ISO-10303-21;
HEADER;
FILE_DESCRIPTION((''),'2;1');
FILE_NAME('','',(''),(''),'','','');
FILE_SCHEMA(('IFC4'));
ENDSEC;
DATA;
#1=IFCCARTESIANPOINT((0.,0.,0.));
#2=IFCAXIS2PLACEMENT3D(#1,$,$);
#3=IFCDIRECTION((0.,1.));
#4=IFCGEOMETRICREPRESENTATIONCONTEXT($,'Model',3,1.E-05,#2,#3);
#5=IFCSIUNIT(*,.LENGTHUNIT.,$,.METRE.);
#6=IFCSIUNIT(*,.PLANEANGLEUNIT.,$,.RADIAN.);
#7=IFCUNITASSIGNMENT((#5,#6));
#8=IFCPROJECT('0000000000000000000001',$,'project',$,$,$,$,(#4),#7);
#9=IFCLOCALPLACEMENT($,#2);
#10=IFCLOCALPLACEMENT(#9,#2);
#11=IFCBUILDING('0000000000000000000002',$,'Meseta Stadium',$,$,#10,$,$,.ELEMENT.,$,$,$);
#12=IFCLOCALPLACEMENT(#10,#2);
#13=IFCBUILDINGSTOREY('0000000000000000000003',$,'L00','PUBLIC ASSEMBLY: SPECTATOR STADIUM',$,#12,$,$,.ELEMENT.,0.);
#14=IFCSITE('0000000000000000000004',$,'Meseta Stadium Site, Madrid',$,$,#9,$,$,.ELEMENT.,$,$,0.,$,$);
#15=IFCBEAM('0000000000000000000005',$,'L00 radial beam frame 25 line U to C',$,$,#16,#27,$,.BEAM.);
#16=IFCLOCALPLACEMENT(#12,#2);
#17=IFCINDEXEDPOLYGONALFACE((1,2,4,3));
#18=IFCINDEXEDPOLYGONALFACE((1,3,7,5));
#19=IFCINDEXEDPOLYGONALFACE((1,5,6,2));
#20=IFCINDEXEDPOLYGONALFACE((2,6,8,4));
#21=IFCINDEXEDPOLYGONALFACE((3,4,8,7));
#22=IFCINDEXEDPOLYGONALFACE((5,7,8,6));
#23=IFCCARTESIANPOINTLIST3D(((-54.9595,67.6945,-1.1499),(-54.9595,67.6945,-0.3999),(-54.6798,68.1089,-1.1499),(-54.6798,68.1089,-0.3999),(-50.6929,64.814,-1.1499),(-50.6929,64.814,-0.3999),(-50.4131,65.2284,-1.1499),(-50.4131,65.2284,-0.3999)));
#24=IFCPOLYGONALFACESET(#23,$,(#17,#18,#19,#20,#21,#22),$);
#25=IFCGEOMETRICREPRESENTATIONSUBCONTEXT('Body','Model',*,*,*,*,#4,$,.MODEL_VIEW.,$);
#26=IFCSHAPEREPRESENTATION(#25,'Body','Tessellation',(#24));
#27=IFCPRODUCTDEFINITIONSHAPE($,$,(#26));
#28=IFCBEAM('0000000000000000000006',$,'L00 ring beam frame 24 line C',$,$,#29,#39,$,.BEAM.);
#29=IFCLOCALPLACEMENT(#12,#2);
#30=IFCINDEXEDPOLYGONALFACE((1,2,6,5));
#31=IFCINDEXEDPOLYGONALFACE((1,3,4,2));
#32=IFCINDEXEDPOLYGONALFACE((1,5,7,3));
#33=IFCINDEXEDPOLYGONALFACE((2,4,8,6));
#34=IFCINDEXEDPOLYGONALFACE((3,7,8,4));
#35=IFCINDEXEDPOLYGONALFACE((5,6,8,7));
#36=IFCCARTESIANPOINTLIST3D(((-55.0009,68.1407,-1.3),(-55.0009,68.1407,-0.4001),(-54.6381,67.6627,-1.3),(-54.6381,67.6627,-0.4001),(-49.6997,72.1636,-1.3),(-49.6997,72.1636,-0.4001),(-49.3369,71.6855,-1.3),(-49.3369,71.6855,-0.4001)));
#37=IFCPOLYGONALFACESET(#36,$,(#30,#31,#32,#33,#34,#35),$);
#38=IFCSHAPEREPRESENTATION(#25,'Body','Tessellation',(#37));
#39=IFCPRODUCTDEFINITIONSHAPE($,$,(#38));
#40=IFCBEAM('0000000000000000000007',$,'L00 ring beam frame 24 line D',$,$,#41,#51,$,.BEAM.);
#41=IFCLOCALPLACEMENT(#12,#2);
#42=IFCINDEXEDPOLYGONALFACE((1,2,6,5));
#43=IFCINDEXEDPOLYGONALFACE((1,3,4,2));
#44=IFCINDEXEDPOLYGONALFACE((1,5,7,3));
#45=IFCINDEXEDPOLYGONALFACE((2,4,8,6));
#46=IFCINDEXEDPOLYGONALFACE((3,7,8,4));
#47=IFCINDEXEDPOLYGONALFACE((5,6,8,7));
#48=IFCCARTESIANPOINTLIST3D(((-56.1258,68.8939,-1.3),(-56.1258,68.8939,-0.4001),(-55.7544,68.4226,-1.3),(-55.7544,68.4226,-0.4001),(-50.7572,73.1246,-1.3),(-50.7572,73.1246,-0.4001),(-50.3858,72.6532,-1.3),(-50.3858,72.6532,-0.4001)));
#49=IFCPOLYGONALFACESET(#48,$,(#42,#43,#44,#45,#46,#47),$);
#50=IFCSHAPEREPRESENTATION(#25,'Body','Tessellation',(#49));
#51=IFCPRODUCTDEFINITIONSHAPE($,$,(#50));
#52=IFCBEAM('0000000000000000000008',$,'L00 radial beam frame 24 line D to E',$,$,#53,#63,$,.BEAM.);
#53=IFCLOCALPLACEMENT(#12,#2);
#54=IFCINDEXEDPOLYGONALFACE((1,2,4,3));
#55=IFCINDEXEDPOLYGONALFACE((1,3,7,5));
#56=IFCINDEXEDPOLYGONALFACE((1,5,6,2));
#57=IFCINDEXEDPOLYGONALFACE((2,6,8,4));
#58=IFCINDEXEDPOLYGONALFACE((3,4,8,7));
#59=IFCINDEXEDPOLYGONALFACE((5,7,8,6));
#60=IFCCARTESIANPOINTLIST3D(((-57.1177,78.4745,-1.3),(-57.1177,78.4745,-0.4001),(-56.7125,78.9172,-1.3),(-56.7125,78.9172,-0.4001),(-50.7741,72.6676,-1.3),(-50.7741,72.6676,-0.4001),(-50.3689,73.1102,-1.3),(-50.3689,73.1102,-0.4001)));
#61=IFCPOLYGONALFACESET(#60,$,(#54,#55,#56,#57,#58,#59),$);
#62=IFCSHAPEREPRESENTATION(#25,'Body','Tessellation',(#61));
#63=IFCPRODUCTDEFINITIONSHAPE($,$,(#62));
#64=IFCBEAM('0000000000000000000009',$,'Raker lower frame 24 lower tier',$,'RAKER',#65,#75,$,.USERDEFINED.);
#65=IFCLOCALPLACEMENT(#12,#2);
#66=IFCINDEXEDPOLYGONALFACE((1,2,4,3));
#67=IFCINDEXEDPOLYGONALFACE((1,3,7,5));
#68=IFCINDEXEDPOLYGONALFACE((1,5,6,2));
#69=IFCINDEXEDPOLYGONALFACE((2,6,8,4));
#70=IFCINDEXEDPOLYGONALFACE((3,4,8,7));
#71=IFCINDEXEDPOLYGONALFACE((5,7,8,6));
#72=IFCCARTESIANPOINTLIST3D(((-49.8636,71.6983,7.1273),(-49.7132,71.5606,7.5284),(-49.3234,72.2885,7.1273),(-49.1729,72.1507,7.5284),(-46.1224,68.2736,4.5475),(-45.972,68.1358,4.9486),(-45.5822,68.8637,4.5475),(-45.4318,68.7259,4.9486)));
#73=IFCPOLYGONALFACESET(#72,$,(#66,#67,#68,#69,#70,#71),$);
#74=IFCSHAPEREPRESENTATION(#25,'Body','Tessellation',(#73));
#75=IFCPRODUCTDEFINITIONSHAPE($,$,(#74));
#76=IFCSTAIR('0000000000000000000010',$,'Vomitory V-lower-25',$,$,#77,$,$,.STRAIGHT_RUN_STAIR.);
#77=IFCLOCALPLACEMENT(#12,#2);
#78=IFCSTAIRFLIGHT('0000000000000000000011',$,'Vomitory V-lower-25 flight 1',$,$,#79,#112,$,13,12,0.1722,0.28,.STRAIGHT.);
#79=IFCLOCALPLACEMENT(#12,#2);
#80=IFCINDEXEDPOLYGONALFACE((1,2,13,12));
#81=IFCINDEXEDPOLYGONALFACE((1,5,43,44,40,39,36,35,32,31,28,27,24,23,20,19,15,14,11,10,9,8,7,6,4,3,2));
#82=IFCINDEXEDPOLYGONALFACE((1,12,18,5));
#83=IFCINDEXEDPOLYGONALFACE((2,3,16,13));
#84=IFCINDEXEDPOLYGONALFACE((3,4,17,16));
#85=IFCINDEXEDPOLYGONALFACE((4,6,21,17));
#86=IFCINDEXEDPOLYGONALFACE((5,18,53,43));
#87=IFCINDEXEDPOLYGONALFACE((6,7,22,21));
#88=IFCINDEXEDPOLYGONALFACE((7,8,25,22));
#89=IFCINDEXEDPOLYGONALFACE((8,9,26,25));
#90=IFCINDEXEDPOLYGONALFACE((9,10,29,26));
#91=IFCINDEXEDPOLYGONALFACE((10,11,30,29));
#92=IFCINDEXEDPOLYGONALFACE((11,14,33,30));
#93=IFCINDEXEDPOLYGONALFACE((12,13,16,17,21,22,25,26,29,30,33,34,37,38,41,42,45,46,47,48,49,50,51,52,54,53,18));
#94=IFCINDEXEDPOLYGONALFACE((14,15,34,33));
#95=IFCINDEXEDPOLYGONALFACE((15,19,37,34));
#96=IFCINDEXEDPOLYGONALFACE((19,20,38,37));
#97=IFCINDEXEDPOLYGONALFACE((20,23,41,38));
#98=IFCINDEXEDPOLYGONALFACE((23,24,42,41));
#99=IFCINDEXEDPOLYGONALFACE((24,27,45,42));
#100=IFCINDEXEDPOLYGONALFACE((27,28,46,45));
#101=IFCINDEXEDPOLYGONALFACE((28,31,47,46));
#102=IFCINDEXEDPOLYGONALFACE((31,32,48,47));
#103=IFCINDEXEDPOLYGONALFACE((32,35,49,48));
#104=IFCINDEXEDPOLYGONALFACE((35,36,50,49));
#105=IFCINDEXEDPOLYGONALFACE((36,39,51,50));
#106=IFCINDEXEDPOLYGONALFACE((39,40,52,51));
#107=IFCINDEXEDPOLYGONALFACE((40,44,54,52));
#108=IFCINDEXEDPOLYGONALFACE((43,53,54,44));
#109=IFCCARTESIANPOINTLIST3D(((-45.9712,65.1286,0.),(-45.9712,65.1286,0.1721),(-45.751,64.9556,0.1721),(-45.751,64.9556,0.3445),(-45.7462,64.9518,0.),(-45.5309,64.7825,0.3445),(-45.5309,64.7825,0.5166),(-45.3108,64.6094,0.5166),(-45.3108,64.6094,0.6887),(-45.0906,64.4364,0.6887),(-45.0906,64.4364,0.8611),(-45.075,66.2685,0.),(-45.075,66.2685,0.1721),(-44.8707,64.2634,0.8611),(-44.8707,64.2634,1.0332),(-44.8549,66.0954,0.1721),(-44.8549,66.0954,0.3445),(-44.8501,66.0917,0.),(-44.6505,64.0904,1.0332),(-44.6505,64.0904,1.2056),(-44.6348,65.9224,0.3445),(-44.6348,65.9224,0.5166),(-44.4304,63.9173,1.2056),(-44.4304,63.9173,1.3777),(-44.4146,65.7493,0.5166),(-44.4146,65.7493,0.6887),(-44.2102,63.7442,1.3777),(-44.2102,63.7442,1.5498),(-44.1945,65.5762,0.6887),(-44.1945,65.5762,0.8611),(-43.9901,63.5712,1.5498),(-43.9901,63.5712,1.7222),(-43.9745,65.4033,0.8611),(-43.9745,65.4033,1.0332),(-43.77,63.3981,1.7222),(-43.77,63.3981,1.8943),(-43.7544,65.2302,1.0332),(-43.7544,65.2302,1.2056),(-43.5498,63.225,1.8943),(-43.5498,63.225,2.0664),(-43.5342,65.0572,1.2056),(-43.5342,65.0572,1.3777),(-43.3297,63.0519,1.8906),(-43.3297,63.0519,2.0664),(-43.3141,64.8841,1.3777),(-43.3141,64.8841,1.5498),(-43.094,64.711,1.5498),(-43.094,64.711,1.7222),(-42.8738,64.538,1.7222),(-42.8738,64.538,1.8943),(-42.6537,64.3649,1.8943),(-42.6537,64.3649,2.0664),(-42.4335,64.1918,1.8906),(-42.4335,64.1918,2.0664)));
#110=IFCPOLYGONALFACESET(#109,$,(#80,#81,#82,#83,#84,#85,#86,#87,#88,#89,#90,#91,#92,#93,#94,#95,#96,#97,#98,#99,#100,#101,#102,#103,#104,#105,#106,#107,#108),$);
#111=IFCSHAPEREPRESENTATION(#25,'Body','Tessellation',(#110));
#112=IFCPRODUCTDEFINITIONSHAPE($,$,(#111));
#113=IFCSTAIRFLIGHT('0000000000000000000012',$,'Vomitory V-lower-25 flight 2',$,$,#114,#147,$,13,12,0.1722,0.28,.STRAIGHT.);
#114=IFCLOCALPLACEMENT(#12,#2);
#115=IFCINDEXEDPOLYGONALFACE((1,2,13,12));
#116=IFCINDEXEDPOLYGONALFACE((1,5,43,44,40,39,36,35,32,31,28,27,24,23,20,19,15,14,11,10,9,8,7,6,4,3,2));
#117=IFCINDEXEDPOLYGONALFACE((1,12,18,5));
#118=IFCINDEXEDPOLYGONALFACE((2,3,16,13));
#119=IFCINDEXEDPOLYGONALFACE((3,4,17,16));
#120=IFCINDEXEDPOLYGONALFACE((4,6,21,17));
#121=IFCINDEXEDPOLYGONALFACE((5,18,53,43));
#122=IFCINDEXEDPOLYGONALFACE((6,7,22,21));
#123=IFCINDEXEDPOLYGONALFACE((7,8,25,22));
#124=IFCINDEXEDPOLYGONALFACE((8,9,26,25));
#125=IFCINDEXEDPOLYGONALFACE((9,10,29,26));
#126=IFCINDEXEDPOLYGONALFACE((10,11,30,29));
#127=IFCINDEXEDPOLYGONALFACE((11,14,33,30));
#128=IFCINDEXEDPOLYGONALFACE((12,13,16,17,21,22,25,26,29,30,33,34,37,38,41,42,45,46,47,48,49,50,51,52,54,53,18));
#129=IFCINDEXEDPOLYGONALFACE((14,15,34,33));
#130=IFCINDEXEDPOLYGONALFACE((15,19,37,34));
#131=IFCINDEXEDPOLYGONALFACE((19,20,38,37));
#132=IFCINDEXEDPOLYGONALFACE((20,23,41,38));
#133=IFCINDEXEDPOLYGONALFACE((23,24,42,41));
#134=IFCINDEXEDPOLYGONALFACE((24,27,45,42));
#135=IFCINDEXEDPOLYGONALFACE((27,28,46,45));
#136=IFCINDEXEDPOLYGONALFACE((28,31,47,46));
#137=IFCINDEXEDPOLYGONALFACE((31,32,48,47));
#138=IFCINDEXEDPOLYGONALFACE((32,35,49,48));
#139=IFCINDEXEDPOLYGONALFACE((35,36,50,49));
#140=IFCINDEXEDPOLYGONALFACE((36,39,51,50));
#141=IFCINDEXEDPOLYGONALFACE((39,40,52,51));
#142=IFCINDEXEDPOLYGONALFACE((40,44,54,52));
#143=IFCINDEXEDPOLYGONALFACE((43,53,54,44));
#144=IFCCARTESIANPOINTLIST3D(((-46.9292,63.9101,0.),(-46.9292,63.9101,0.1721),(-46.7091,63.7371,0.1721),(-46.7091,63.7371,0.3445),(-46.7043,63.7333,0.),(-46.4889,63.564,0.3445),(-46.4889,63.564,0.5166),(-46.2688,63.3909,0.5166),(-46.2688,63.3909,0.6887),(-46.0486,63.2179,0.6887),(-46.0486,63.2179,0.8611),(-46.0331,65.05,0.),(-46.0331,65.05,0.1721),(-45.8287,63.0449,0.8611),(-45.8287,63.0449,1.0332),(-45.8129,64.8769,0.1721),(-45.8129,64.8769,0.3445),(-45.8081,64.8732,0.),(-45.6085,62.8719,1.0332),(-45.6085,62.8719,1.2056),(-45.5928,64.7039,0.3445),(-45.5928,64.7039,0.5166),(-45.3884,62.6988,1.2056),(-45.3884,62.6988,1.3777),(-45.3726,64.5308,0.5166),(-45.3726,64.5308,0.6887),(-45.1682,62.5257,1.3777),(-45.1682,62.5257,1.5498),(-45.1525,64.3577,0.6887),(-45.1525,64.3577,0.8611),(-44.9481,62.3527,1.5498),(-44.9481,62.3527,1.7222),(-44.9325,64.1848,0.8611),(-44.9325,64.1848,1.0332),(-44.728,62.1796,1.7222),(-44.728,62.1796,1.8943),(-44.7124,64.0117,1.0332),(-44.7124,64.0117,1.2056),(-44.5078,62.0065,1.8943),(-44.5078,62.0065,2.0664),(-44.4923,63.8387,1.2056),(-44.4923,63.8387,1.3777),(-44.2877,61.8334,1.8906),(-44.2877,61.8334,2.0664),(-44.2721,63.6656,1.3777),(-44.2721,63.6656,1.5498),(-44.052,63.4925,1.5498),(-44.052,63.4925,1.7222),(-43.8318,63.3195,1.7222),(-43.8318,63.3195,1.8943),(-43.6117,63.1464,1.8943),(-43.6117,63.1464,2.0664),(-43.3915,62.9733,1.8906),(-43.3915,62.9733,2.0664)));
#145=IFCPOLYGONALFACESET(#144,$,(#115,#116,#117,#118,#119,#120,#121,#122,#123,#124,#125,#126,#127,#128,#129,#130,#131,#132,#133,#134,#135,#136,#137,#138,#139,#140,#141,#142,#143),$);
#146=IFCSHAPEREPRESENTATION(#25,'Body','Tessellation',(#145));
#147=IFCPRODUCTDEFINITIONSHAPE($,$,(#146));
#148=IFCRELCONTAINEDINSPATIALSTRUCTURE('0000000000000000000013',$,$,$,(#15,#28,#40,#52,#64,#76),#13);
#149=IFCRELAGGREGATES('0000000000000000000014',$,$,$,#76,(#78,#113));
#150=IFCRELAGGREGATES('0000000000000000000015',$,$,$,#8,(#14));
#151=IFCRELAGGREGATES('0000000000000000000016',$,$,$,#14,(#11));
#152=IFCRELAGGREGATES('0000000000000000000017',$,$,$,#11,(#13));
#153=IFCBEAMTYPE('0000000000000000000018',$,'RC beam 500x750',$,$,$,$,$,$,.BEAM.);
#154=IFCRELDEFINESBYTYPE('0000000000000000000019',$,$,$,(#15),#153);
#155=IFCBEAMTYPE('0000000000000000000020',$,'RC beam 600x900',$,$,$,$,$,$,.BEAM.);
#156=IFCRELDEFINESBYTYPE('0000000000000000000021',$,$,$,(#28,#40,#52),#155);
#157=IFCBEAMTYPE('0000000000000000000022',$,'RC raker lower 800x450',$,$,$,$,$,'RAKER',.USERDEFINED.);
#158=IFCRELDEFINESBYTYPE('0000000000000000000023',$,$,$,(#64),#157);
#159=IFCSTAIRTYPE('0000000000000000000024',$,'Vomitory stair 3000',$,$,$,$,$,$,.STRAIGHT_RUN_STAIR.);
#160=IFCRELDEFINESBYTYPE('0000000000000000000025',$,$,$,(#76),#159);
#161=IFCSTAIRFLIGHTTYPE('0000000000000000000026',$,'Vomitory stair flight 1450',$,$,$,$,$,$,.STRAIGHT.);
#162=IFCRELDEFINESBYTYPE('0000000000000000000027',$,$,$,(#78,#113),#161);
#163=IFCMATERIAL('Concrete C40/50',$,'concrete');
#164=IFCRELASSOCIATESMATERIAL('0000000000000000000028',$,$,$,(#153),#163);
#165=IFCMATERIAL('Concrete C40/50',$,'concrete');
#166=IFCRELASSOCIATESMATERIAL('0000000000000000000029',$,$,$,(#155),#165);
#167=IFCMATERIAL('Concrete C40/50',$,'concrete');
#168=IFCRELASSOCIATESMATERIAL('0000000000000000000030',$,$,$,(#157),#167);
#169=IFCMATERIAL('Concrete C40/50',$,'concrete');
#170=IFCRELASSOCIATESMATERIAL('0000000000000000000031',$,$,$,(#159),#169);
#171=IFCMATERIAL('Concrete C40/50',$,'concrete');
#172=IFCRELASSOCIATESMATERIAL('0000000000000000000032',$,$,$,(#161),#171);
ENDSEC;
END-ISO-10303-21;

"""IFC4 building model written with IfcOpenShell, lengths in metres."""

from ifc_helpers import new_model, si_unit, direction, frame, origin, origin_2d, place, context, subcontext, project, spatial, polyline, rectangle, outline, extrude, material, material_profile, profile_set, type_object, element, aggregate, save


model = new_model("IFC4")

# Units and contexts
model_context = context("Model", 3, precision=1e-05, world=origin(), true_north=direction((0.0, 1.0)))
body_context = subcontext(model_context, "Body", "Model", "MODEL_VIEW")
ifc_project = project(units=[si_unit("LENGTHUNIT", "METRE"), si_unit("PLANEANGLEUNIT", "RADIAN")], contexts=[model_context])

# Site, building, storey
site_placement = place(None, origin())
site = spatial("IfcSite", under=ifc_project, at=site_placement, Name="Meseta Stadium Site, Madrid", CompositionType="ELEMENT", RefElevation=0.0)
building_placement = place(site_placement, origin())
building = spatial("IfcBuilding", under=site, at=building_placement, Name="Meseta Stadium", CompositionType="ELEMENT")
storey_placement = place(building_placement, origin())
storey = spatial("IfcBuildingStorey", under=building, at=storey_placement, Name="L00", Description="PUBLIC ASSEMBLY: SPECTATOR STADIUM", CompositionType="ELEMENT", Elevation=0.0)

# Beams
ifc_material_1 = material(Name="Concrete C40/50", Category="concrete")
ifc_material_profile_1 = material_profile(ifc_material_1, rectangle(XDim=0.5, YDim=0.75, at=origin_2d()), Name="RC 500x750")
ifc_profile_set_1 = profile_set([ifc_material_profile_1], Name="Concrete C40/50")
beam_type_1 = type_object("IfcBeamType", Name="RC beam 500x750", PredefinedType="BEAM", material=ifc_profile_set_1)
beam_1_placement = place(storey_placement, frame((-50.553, 65.0212, -0.7749), z_axis=(-0.828811, 0.559528, 0.0), x_axis=(-0.559528, -0.828811, 0.0)))
element("IfcBeam", 1, at=beam_1_placement, inside=storey, type_object=beam_type_1, Name="L00 radial beam frame 25 line U to C", PredefinedType="BEAM", context=body_context, shape_type="SweptSolid", body=[
    extrude(rectangle(XDim=0.5, YDim=0.75, at=origin_2d()), origin(), (0.0, 0.0, 1.0), 5.1479),
])
ifc_material_2 = material(Name="Concrete C40/50", Category="concrete")
ifc_material_profile_2 = material_profile(ifc_material_2, rectangle(XDim=0.6001, YDim=0.8999, at=origin_2d()), Name="RC 600x900")
ifc_profile_set_2 = profile_set([ifc_material_profile_2], Name="Concrete C40/50")
beam_type_2 = type_object("IfcBeamType", Name="RC beam 600x900", PredefinedType="BEAM", material=ifc_profile_set_2)
beam_2_placement = place(storey_placement, frame((-49.5183, 71.9246, -0.8501), z_axis=(-0.796597, -0.60451, 0.0), x_axis=(0.60451, -0.796597, 0.0)))
element("IfcBeam", 2, at=beam_2_placement, inside=storey, type_object=beam_type_2, Name="L00 ring beam frame 24 line C", PredefinedType="BEAM", context=body_context, shape_type="SweptSolid", body=[
    extrude(rectangle(XDim=0.6001, YDim=0.8999, at=origin_2d()), origin(), (0.0, 0.0, 1.0), 6.6548),
])
beam_3_placement = place(storey_placement, frame((-50.5715, 72.8889, -0.8501), z_axis=(-0.78543, -0.61895, 0.0), x_axis=(0.61895, -0.78543, 0.0)))
element("IfcBeam", 3, at=beam_3_placement, inside=storey, type_object=beam_type_2, Name="L00 ring beam frame 24 line D", PredefinedType="BEAM", context=body_context, shape_type="SweptSolid", body=[
    extrude(rectangle(XDim=0.6001, YDim=0.8999, at=origin_2d()), origin(), (0.0, 0.0, 1.0), 6.8352),
])
beam_4_placement = place(storey_placement, frame((-50.5715, 72.8889, -0.8501), z_axis=(-0.737617, 0.675219, 0.0), x_axis=(-0.675219, -0.737617, 0.0)))
element("IfcBeam", 4, at=beam_4_placement, inside=storey, type_object=beam_type_2, Name="L00 radial beam frame 24 line D to E", PredefinedType="BEAM", context=body_context, shape_type="SweptSolid", body=[
    extrude(rectangle(XDim=0.6001, YDim=0.8999, at=origin_2d()), origin(), (0.0, 0.0, 1.0), 8.6001),
])
ifc_material_3 = material(Name="Concrete C40/50", Category="concrete")
ifc_material_profile_3 = material_profile(ifc_material_3, rectangle(XDim=0.8, YDim=0.45, at=origin_2d()), Name="RC 800x450")
ifc_profile_set_3 = profile_set([ifc_material_profile_3], Name="Concrete C40/50")
beam_type_3 = type_object("IfcBeamType", Name="RC raker lower 800x450", ElementType="RAKER", PredefinedType="USERDEFINED", material=ifc_profile_set_3)
beam_5_placement = place(storey_placement, frame((-45.7771, 68.4998, 4.748), z_axis=(-0.657452, 0.601849, 0.45336), x_axis=(-0.675228, -0.73761, 0.0)))
element("IfcBeam", 5, at=beam_5_placement, inside=storey, type_object=beam_type_3, Name="Raker lower frame 24 lower tier", ObjectType="RAKER", PredefinedType="USERDEFINED", context=body_context, shape_type="SweptSolid", body=[
    extrude(rectangle(XDim=0.8, YDim=0.45, at=origin_2d()), origin(), (0.0, 0.0, 1.0), 5.6904),
])

# Stair, stair flights
ifc_material_4 = material(Name="Concrete C40/50", Category="concrete")
stair_type = type_object("IfcStairType", Name="Vomitory stair 3000", PredefinedType="STRAIGHT_RUN_STAIR", material=ifc_material_4)
stair_1_placement = place(storey_placement, origin())
stair_1 = element("IfcStair", 6, at=stair_1_placement, inside=storey, type_object=stair_type, Name="Vomitory V-lower-25", PredefinedType="STRAIGHT_RUN_STAIR")
ifc_material_5 = material(Name="Concrete C40/50", Category="concrete")
stair_flight_type = type_object("IfcStairFlightType", Name="Vomitory stair flight 1450", PredefinedType="STRAIGHT", material=ifc_material_5)
stair_flight_1_placement = place(storey_placement, frame((-45.5232, 65.6985, 0.0), z_axis=(0.0, 0.0, 1.0), x_axis=(0.786142, -0.618046, 0.0)))
stair_flight_1 = element("IfcStairFlight", 7, at=stair_flight_1_placement, type_object=stair_flight_type, Name="Vomitory V-lower-25 flight 1", NumberOfRisers=13, NumberOfTreads=12, PredefinedType="STRAIGHT", RiserHeight=0.1722, TreadLength=0.28, context=body_context, shape_type="SweptSolid", body=[
    extrude(outline(polyline([(0.0, 0.0), (0.0, 0.1721), (0.28, 0.1721), (0.28, 0.3445), (0.5601, 0.3445), (0.5601, 0.5166), (0.8401, 0.5166), (0.8401, 0.6887), (1.1201, 0.6887), (1.1201, 0.8611), (1.3999, 0.8611), (1.3999, 1.0332), (1.6799, 1.0332), (1.6799, 1.2056), (1.96, 1.2056), (1.96, 1.3777), (2.24, 1.3777), (2.24, 1.5498), (2.52, 1.5498), (2.52, 1.7222), (2.8, 1.7222), (2.8, 1.8943), (3.0801, 1.8943), (3.0801, 2.0664), (3.3601, 2.0664), (3.3601, 1.8906), (0.2861, 0.0), (0.0, 0.0)])), frame((0.0, 0.7251, 0.0), z_axis=(0.0, -1.0, 0.0), x_axis=(1.0, 0.0, 0.0)), (0.0, 0.0, 1.0), 1.45),
])
stair_flight_2_placement = place(storey_placement, frame((-46.4812, 64.48, 0.0), z_axis=(0.0, 0.0, 1.0), x_axis=(0.786142, -0.618046, 0.0)))
stair_flight_2 = element("IfcStairFlight", 8, at=stair_flight_2_placement, type_object=stair_flight_type, Name="Vomitory V-lower-25 flight 2", NumberOfRisers=13, NumberOfTreads=12, PredefinedType="STRAIGHT", RiserHeight=0.1722, TreadLength=0.28, context=body_context, shape_type="SweptSolid", body=[
    extrude(outline(polyline([(0.0, 0.0), (0.0, 0.1721), (0.28, 0.1721), (0.28, 0.3445), (0.5601, 0.3445), (0.5601, 0.5166), (0.8401, 0.5166), (0.8401, 0.6887), (1.1201, 0.6887), (1.1201, 0.8611), (1.3999, 0.8611), (1.3999, 1.0332), (1.6799, 1.0332), (1.6799, 1.2056), (1.96, 1.2056), (1.96, 1.3777), (2.24, 1.3777), (2.24, 1.5498), (2.52, 1.5498), (2.52, 1.7222), (2.8, 1.7222), (2.8, 1.8943), (3.0801, 1.8943), (3.0801, 2.0664), (3.3601, 2.0664), (3.3601, 1.8906), (0.2861, 0.0), (0.0, 0.0)])), frame((0.0, 0.7251, 0.0), z_axis=(0.0, -1.0, 0.0), x_axis=(1.0, 0.0, 0.0)), (0.0, 0.0, 1.0), 1.45),
])
aggregate(stair_1, [stair_flight_1, stair_flight_2])

save(model, "model.ifc")
